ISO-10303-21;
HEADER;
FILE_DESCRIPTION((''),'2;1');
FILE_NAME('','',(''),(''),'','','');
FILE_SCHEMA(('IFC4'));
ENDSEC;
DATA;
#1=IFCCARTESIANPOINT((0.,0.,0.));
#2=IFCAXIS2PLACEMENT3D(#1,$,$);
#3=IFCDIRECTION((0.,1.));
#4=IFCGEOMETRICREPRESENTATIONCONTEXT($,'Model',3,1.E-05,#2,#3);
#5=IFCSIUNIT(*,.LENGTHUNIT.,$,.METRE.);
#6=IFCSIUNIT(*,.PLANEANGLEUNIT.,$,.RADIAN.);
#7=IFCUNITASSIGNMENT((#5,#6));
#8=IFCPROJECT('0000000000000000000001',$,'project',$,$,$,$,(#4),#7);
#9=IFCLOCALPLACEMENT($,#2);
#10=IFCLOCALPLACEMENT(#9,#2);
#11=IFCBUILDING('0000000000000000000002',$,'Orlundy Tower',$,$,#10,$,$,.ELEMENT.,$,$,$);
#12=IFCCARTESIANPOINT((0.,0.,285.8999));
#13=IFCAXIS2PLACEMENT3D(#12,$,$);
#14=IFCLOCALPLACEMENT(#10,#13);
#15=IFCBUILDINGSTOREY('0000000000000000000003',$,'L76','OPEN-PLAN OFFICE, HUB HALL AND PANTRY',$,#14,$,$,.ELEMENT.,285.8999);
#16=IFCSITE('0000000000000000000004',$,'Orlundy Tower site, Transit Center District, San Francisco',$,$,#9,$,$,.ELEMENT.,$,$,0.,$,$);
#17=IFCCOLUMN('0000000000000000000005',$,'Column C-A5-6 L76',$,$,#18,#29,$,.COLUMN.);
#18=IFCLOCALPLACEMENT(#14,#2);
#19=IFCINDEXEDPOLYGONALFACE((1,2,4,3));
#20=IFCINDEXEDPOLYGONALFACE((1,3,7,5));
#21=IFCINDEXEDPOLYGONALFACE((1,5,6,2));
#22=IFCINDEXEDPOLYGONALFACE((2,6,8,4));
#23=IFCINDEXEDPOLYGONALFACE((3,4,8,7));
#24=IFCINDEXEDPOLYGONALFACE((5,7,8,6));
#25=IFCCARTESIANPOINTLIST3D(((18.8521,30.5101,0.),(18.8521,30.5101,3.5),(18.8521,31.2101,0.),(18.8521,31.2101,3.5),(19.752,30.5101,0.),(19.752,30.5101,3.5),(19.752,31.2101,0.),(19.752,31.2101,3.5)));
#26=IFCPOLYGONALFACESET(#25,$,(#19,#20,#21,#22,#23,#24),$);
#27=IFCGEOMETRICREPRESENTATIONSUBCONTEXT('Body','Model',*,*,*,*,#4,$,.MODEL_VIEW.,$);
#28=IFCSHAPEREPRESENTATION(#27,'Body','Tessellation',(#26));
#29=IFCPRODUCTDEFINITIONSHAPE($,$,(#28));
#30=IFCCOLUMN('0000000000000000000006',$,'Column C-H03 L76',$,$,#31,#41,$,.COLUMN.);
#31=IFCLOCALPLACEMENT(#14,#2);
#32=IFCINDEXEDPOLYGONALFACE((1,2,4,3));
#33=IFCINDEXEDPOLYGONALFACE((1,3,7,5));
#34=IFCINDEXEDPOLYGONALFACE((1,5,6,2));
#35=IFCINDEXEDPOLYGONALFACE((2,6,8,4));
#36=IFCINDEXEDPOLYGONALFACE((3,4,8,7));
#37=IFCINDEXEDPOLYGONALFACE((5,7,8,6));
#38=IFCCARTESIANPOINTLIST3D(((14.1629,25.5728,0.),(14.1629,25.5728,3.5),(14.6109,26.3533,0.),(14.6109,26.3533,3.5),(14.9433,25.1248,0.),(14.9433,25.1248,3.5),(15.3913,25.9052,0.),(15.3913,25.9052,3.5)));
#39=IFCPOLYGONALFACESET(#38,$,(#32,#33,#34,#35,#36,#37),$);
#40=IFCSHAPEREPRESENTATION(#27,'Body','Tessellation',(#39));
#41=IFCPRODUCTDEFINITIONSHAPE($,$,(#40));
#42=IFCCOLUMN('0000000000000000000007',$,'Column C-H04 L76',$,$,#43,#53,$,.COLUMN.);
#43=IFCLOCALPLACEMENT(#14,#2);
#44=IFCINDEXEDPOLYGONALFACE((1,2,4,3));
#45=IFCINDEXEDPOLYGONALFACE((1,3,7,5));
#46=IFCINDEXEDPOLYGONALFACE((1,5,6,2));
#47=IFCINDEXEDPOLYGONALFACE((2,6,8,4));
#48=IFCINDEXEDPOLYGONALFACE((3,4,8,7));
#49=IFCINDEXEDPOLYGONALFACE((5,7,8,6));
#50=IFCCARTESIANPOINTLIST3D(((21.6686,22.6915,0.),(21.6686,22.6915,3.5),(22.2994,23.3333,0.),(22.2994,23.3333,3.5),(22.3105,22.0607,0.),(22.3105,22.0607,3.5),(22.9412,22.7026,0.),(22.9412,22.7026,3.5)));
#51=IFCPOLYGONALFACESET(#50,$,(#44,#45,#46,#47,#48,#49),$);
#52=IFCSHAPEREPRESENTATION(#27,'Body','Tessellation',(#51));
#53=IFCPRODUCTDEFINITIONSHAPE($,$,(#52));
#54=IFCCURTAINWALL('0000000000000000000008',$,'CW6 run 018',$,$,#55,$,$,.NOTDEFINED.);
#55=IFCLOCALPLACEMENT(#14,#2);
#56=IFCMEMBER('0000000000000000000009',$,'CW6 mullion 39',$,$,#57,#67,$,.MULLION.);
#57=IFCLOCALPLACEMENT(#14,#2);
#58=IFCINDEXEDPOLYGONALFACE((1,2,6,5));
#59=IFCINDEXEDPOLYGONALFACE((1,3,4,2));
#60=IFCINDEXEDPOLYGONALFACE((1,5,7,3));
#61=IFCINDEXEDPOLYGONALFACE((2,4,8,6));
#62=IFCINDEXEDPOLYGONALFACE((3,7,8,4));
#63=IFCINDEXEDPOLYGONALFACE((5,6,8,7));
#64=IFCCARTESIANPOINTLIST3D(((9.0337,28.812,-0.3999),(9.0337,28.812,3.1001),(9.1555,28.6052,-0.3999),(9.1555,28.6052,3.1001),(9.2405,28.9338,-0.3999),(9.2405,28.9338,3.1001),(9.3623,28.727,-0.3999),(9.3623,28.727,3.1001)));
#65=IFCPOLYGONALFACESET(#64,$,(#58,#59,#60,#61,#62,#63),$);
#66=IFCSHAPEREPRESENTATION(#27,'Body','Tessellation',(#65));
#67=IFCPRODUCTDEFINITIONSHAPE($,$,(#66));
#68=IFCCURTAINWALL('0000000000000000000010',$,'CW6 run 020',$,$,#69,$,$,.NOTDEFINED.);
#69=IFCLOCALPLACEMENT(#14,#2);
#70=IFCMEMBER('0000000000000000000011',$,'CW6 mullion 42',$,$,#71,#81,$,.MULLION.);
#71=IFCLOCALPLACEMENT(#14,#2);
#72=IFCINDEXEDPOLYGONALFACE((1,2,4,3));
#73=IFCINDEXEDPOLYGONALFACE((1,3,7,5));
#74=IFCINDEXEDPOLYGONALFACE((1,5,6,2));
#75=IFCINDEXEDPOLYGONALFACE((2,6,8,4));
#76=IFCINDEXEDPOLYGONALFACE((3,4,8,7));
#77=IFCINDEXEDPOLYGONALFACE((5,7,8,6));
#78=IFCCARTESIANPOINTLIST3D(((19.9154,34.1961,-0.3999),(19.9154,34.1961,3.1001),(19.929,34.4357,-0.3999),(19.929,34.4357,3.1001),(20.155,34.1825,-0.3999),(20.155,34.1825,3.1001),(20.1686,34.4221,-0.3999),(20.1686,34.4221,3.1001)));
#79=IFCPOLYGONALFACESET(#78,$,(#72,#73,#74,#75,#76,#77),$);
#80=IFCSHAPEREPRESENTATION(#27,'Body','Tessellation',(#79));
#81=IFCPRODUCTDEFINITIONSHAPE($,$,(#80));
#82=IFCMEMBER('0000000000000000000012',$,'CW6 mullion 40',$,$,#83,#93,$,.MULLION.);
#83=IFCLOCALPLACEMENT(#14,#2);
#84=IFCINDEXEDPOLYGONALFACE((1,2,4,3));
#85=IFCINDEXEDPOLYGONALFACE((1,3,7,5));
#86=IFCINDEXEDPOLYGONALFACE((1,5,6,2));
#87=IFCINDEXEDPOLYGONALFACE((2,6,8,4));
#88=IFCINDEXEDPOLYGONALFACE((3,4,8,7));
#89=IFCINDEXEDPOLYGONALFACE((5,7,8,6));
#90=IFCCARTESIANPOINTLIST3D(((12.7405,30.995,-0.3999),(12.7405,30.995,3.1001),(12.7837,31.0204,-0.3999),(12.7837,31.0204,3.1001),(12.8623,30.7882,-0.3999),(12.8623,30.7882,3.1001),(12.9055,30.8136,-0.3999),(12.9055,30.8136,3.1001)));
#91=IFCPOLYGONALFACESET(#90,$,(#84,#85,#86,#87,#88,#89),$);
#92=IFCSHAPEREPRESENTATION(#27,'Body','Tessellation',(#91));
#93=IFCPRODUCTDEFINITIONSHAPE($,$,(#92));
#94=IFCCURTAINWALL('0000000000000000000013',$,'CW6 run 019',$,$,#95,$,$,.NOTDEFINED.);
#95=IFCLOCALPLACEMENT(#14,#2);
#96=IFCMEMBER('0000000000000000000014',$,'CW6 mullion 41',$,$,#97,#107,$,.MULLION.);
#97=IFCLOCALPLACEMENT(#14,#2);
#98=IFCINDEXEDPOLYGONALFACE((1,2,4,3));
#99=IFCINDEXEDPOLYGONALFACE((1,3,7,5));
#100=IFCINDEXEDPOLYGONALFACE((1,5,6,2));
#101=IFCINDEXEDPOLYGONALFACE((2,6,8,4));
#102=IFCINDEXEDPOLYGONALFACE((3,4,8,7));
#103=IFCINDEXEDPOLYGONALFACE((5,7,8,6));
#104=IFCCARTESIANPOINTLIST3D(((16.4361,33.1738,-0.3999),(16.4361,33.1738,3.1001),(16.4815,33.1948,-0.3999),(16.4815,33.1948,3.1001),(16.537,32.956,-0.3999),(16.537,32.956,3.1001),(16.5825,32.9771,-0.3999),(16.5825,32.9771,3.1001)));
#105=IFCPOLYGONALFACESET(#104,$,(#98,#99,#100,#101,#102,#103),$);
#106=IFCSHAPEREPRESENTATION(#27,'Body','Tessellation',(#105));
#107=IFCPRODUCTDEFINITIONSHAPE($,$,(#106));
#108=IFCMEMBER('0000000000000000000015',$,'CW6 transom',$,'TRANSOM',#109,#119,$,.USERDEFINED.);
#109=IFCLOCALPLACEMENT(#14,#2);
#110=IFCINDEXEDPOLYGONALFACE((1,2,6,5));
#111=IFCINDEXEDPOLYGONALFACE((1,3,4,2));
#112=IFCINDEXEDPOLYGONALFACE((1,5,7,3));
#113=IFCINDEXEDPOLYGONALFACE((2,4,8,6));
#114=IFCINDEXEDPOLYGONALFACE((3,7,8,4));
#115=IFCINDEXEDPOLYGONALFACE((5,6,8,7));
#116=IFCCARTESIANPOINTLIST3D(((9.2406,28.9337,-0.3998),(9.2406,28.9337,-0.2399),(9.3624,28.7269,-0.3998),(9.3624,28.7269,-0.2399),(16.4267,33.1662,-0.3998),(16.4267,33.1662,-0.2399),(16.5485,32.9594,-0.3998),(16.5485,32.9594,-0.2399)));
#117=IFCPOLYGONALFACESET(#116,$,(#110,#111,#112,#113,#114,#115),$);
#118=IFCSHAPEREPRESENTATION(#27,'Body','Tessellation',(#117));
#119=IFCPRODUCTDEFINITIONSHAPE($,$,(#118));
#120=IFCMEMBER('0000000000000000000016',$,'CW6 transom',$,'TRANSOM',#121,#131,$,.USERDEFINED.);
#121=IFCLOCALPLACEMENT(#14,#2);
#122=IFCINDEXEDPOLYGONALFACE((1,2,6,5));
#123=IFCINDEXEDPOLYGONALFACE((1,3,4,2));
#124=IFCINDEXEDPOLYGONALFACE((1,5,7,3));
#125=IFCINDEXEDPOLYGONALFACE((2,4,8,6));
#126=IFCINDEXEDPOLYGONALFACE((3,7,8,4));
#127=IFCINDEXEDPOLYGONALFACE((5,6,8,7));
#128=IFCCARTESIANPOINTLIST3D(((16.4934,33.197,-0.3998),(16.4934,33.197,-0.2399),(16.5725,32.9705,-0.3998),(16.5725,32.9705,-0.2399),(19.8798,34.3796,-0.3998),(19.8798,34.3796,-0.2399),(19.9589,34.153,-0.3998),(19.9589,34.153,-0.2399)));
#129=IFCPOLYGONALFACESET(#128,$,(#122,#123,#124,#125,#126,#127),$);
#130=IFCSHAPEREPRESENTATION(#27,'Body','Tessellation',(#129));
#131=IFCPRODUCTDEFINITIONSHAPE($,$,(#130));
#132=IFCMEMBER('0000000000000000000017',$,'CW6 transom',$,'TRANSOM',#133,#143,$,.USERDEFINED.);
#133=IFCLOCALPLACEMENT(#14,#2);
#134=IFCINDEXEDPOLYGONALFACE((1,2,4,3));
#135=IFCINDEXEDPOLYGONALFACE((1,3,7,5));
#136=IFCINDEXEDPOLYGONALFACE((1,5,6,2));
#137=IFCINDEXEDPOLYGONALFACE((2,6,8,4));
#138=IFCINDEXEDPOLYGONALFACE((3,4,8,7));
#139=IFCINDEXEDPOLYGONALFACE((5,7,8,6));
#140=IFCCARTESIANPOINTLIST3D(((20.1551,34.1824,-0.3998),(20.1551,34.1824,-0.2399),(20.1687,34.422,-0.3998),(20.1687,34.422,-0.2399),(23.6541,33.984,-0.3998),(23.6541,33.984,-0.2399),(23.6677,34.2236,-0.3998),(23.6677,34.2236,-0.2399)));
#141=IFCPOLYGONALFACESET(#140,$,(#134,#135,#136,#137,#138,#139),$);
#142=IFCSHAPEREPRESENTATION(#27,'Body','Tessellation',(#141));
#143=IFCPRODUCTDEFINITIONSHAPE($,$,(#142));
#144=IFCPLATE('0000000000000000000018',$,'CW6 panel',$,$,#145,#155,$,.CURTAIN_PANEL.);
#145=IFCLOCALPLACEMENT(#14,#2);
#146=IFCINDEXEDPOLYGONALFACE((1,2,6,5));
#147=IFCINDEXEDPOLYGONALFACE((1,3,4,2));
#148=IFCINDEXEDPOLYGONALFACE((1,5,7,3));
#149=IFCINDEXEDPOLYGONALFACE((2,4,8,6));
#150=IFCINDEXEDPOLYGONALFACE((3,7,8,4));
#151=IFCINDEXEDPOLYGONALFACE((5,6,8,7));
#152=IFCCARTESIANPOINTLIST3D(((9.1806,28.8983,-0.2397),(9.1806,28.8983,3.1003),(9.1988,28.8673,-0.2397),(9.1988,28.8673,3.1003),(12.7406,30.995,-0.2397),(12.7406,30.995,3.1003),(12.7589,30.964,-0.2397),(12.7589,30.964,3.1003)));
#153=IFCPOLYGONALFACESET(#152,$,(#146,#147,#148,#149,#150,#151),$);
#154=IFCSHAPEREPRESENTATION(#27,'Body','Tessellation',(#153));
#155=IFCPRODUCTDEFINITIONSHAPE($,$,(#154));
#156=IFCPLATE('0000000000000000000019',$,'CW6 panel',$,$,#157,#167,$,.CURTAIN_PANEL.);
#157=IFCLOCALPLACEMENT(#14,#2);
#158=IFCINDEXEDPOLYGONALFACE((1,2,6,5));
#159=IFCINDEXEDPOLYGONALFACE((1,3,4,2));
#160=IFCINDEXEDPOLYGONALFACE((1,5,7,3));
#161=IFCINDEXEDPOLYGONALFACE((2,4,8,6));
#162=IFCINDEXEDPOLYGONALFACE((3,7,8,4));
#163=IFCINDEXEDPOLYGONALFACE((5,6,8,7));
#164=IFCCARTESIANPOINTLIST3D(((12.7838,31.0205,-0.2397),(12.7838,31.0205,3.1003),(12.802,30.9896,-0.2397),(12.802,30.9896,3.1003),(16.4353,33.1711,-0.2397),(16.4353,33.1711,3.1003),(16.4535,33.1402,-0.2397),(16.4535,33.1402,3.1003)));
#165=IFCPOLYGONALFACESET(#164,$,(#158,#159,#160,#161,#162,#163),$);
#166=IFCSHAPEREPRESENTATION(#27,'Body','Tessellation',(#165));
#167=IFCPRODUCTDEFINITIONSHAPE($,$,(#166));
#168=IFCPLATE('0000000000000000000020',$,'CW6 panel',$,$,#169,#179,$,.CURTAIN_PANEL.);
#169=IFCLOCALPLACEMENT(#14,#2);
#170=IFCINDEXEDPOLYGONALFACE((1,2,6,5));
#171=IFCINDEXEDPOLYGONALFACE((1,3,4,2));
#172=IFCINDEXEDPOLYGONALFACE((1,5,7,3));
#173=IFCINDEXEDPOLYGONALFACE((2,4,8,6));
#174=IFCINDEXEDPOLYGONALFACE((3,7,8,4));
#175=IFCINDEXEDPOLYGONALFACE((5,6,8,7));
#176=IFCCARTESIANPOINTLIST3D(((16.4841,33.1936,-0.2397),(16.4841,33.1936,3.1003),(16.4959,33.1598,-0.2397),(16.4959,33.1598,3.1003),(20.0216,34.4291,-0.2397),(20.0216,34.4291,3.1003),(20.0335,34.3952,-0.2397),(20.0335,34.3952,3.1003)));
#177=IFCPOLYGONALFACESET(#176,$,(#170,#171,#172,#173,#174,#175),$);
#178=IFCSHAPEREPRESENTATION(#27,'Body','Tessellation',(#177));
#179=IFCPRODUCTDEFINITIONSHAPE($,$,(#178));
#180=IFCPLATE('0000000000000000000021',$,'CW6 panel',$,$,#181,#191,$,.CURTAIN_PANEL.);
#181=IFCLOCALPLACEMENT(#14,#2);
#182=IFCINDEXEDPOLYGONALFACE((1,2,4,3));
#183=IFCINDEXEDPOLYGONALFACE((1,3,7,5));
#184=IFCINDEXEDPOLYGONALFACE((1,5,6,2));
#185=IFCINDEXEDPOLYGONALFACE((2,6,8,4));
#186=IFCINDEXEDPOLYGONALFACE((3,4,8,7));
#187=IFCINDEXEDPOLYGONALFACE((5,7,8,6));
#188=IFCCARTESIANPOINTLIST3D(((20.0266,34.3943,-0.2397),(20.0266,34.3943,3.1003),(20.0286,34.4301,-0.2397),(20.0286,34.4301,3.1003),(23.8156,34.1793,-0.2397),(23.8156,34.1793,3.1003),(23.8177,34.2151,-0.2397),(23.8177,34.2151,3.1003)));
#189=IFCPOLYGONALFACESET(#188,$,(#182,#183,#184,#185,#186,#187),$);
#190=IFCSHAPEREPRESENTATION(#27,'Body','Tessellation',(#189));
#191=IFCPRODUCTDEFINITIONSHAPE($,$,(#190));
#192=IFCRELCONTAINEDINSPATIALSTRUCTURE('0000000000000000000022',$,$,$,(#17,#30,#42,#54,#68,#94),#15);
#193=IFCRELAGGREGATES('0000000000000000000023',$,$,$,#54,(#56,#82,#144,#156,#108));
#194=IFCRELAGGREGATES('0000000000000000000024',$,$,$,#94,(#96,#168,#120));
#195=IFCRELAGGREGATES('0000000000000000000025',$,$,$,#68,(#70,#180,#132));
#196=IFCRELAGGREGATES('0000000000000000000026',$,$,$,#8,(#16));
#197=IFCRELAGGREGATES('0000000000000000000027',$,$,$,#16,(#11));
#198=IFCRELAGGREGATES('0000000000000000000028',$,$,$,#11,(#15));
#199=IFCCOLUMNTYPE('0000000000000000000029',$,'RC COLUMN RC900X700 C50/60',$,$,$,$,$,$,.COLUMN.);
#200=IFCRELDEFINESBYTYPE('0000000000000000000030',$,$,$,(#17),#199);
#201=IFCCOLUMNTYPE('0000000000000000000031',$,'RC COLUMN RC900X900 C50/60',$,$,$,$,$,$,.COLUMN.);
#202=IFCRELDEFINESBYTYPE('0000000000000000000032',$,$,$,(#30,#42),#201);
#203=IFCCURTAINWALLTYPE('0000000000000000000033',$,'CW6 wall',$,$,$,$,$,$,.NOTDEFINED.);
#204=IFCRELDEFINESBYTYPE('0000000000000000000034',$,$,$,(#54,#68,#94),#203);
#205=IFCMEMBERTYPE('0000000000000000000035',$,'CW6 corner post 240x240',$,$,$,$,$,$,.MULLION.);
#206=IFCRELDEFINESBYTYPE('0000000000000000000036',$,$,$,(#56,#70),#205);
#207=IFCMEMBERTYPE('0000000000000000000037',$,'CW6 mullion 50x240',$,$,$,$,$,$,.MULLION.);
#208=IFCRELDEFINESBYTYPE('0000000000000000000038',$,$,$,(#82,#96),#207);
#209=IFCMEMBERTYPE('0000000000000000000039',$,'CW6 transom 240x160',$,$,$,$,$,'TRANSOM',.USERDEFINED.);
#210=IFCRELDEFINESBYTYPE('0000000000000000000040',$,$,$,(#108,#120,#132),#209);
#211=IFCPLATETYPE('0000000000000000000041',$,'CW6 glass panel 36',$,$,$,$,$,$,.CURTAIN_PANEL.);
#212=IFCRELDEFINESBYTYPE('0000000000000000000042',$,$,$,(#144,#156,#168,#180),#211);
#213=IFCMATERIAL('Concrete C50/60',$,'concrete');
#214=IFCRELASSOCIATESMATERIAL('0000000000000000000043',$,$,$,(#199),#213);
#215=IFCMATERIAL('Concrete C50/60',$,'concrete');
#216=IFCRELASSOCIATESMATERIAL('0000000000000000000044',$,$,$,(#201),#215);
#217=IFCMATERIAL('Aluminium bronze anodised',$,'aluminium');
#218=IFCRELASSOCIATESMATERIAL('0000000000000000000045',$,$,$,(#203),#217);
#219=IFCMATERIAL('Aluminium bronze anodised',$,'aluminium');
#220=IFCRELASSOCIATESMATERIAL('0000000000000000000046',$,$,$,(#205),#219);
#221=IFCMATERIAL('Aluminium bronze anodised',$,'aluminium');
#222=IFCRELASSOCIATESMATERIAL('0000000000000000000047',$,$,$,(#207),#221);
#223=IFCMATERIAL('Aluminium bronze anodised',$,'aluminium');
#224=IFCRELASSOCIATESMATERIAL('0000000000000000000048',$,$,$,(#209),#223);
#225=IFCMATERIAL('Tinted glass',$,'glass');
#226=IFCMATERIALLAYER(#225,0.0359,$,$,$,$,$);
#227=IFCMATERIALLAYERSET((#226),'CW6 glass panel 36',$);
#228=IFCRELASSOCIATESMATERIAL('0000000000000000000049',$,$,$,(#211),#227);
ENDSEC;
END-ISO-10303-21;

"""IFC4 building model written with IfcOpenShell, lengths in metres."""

from ifc_helpers import new_model, si_unit, direction, frame, origin, origin_2d, place, context, subcontext, project, spatial, rectangle, extrude, material, layer, layer_set, material_profile, profile_set, type_object, element, aggregate, save


model = new_model("IFC4")

# Units and contexts
model_context = context("Model", 3, precision=1e-05, world=origin(), true_north=direction((0.0, 1.0)))
body_context = subcontext(model_context, "Body", "Model", "MODEL_VIEW")
ifc_project = project(units=[si_unit("LENGTHUNIT", "METRE"), si_unit("PLANEANGLEUNIT", "RADIAN")], contexts=[model_context])

# Site, building, storey
site_placement = place(None, origin())
site = spatial("IfcSite", under=ifc_project, at=site_placement, Name="Orlundy Tower site, Transit Center District, San Francisco", CompositionType="ELEMENT", RefElevation=0.0)
building_placement = place(site_placement, origin())
building = spatial("IfcBuilding", under=site, at=building_placement, Name="Orlundy Tower", CompositionType="ELEMENT")
storey_placement = place(building_placement, frame((0.0, 0.0, 285.8999)))
storey = spatial("IfcBuildingStorey", under=building, at=storey_placement, Name="L76", Description="OPEN-PLAN OFFICE, HUB HALL AND PANTRY", CompositionType="ELEMENT", Elevation=285.8999)

# Columns
ifc_material_1 = material(Name="Concrete C50/60", Category="concrete")
ifc_material_profile_1 = material_profile(ifc_material_1, rectangle(XDim=0.8999, YDim=0.7, at=origin_2d()), Name="RC900X700")
ifc_profile_set_1 = profile_set([ifc_material_profile_1], Name="Concrete C50/60")
column_type_1 = type_object("IfcColumnType", Name="RC COLUMN RC900X700 C50/60", PredefinedType="COLUMN", material=ifc_profile_set_1)
column_placement = place(storey_placement, frame((19.302, 30.8601, 0.0), z_axis=(0.0, 0.0, 1.0), x_axis=(1.0, 0.0, 0.0)))
element("IfcColumn", 1, at=column_placement, inside=storey, type_object=column_type_1, Name="Column C-A5-6 L76", PredefinedType="COLUMN", context=body_context, shape_type="SweptSolid", body=[
    extrude(rectangle(XDim=0.8999, YDim=0.7, at=origin_2d()), origin(), (0.0, 0.0, 1.0), 3.5),
])
ifc_material_2 = material(Name="Concrete C50/60", Category="concrete")
ifc_material_profile_2 = material_profile(ifc_material_2, rectangle(XDim=0.8999, YDim=0.8999, at=origin_2d()), Name="RC900X900")
ifc_profile_set_2 = profile_set([ifc_material_profile_2], Name="Concrete C50/60")
column_type_2 = type_object("IfcColumnType", Name="RC COLUMN RC900X900 C50/60", PredefinedType="COLUMN", material=ifc_profile_set_2)
for number, where, z_axis, x_axis, name in (
    (2, (14.7771, 25.739, 0.0), (0.0, 0.0, 1.0), (0.497898, 0.867236, 0.0), "Column C-H03 L76"),
    (3, (22.3049, 22.697, 0.0), (0.0, 0.0, 1.0), (0.700922, 0.713238, 0.0), "Column C-H04 L76"),
):
    element("IfcColumn", number, at=place(storey_placement, frame(where, z_axis=z_axis, x_axis=x_axis)), inside=storey, type_object=column_type_2, Name=name, PredefinedType="COLUMN", context=body_context, shape_type="SweptSolid", body=[
        extrude(rectangle(XDim=0.8999, YDim=0.8999, at=origin_2d()), origin(), (0.0, 0.0, 1.0), 3.5),
    ])

# Curtain walls, members
ifc_material_3 = material(Name="Aluminium bronze anodised", Category="aluminium")
curtain_wall_type = type_object("IfcCurtainWallType", Name="CW6 wall", PredefinedType="NOTDEFINED", material=ifc_material_3)
curtain_wall_1_placement = place(storey_placement, origin())
curtain_wall_1 = element("IfcCurtainWall", 4, at=curtain_wall_1_placement, inside=storey, type_object=curtain_wall_type, Name="CW6 run 018", PredefinedType="NOTDEFINED")
ifc_material_4 = material(Name="Aluminium bronze anodised", Category="aluminium")
ifc_material_profile_3 = material_profile(ifc_material_4, rectangle(XDim=0.24, YDim=0.24, at=origin_2d()), Name="CW6 corner post 240x240")
ifc_profile_set_3 = profile_set([ifc_material_profile_3], Name="Aluminium bronze anodised")
member_type_1 = type_object("IfcMemberType", Name="CW6 corner post 240x240", PredefinedType="MULLION", material=ifc_profile_set_3)
member_1_placement = place(storey_placement, frame((9.198, 28.7695, -0.3999), z_axis=(0.0, 0.0, 1.0), x_axis=(-0.507481, 0.861663, 0.0)))
member_1 = element("IfcMember", 5, at=member_1_placement, type_object=member_type_1, Name="CW6 mullion 39", PredefinedType="MULLION", context=body_context, shape_type="SweptSolid", body=[
    extrude(rectangle(XDim=0.24, YDim=0.24, at=origin_2d()), origin(), (0.0, 0.0, 1.0), 3.5),
])
curtain_wall_2_placement = place(storey_placement, origin())
curtain_wall_2 = element("IfcCurtainWall", 6, at=curtain_wall_2_placement, inside=storey, type_object=curtain_wall_type, Name="CW6 run 020", PredefinedType="NOTDEFINED")
member_2_placement = place(storey_placement, frame((20.042, 34.3091, -0.3999), z_axis=(0.0, 0.0, 1.0), x_axis=(0.05665, 0.998394, 0.0)))
member_2 = element("IfcMember", 7, at=member_2_placement, type_object=member_type_1, Name="CW6 mullion 42", PredefinedType="MULLION", context=body_context, shape_type="SweptSolid", body=[
    extrude(rectangle(XDim=0.24, YDim=0.24, at=origin_2d()), origin(), (0.0, 0.0, 1.0), 3.5),
])

# Member
ifc_material_5 = material(Name="Aluminium bronze anodised", Category="aluminium")
ifc_material_profile_4 = material_profile(ifc_material_5, rectangle(XDim=0.24, YDim=0.05, at=origin_2d()), Name="CW6 mullion 50x240")
ifc_profile_set_4 = profile_set([ifc_material_profile_4], Name="Aluminium bronze anodised")
member_type_2 = type_object("IfcMemberType", Name="CW6 mullion 50x240", PredefinedType="MULLION", material=ifc_profile_set_4)
member_3_placement = place(storey_placement, frame((12.823, 30.9043, -0.3999), z_axis=(0.0, 0.0, 1.0), x_axis=(-0.507481, 0.861663, 0.0)))
member_3 = element("IfcMember", 8, at=member_3_placement, type_object=member_type_2, Name="CW6 mullion 40", PredefinedType="MULLION", context=body_context, shape_type="SweptSolid", body=[
    extrude(rectangle(XDim=0.24, YDim=0.05, at=origin_2d()), origin(), (0.0, 0.0, 1.0), 3.5),
])

# Curtain wall, member
curtain_wall_3_placement = place(storey_placement, origin())
curtain_wall_3 = element("IfcCurtainWall", 9, at=curtain_wall_3_placement, inside=storey, type_object=curtain_wall_type, Name="CW6 run 019", PredefinedType="NOTDEFINED")
member_4_placement = place(storey_placement, frame((16.5093, 33.0754, -0.3999), z_axis=(0.0, 0.0, 1.0), x_axis=(-0.420621, 0.907237, 0.0)))
member_4 = element("IfcMember", 10, at=member_4_placement, type_object=member_type_2, Name="CW6 mullion 41", PredefinedType="MULLION", context=body_context, shape_type="SweptSolid", body=[
    extrude(rectangle(XDim=0.24, YDim=0.05, at=origin_2d()), origin(), (0.0, 0.0, 1.0), 3.5),
])

# Members
ifc_material_6 = material(Name="Aluminium bronze anodised", Category="aluminium")
ifc_material_profile_5 = material_profile(ifc_material_6, rectangle(XDim=0.24, YDim=0.1599, at=origin_2d()), Name="CW6 transom 240x160")
ifc_profile_set_5 = profile_set([ifc_material_profile_5], Name="Aluminium bronze anodised")
member_type_3 = type_object("IfcMemberType", Name="CW6 transom 240x160", ElementType="TRANSOM", PredefinedType="USERDEFINED", material=ifc_profile_set_5)
member_5_placement = place(storey_placement, frame((9.3015, 28.8303, -0.3198), z_axis=(0.861654, 0.507496, 0.0), x_axis=(-0.507496, 0.861654, 0.0)))
member_5 = element("IfcMember", 11, at=member_5_placement, type_object=member_type_3, Name="CW6 transom", ObjectType="TRANSOM", PredefinedType="USERDEFINED", context=body_context, shape_type="SweptSolid", body=[
    extrude(rectangle(XDim=0.24, YDim=0.1599, at=origin_2d()), origin(), (0.0, 0.0, 1.0), 8.3398),
])
member_6_placement = place(storey_placement, frame((16.533, 33.0837, -0.3198), z_axis=(0.944088, 0.329692, 0.0), x_axis=(-0.329692, 0.944088, 0.0)))
member_6 = element("IfcMember", 12, at=member_6_placement, type_object=member_type_3, Name="CW6 transom", ObjectType="TRANSOM", PredefinedType="USERDEFINED", context=body_context, shape_type="SweptSolid", body=[
    extrude(rectangle(XDim=0.24, YDim=0.1599, at=origin_2d()), origin(), (0.0, 0.0, 1.0), 3.5869),
])
member_7_placement = place(storey_placement, frame((20.1619, 34.3022, -0.3198), z_axis=(0.998395, -0.056635, 0.0), x_axis=(0.056635, 0.998395, 0.0)))
member_7 = element("IfcMember", 13, at=member_7_placement, type_object=member_type_3, Name="CW6 transom", ObjectType="TRANSOM", PredefinedType="USERDEFINED", context=body_context, shape_type="SweptSolid", body=[
    extrude(rectangle(XDim=0.24, YDim=0.1599, at=origin_2d()), origin(), (0.0, 0.0, 1.0), 3.5046),
])

# Plates
ifc_material_7 = material(Name="Tinted glass", Category="glass")
ifc_layer_1 = layer(ifc_material_7, 0.0359)
ifc_layer_set_1 = layer_set([ifc_layer_1], Name="CW6 glass panel 36")
plate_type = type_object("IfcPlateType", Name="CW6 glass panel 36", PredefinedType="CURTAIN_PANEL", material=ifc_layer_set_1)
plate_1_placement = place(storey_placement, frame((10.9697, 29.9312, -0.2397), z_axis=(0.0, 0.0, 1.0), x_axis=(0.861663, 0.507481, 0.0)))
plate_1 = element("IfcPlate", 14, at=plate_1_placement, type_object=plate_type, Name="CW6 panel", PredefinedType="CURTAIN_PANEL", context=body_context, shape_type="SweptSolid", body=[
    extrude(rectangle(XDim=4.1316, YDim=0.0359, at=origin_2d()), origin(), (0.0, 0.0, 1.0), 3.3401),
])
plate_2_placement = place(storey_placement, frame((14.6187, 32.0803, -0.2397), z_axis=(0.0, 0.0, 1.0), x_axis=(0.861663, 0.507481, 0.0)))
plate_2 = element("IfcPlate", 15, at=plate_2_placement, type_object=plate_type, Name="CW6 panel", PredefinedType="CURTAIN_PANEL", context=body_context, shape_type="SweptSolid", body=[
    extrude(rectangle(XDim=4.2378, YDim=0.0359, at=origin_2d()), origin(), (0.0, 0.0, 1.0), 3.3401),
])
aggregate(curtain_wall_1, [member_1, member_3, plate_1, plate_2, member_5])
plate_3_placement = place(storey_placement, frame((18.2588, 33.7944, -0.2397), z_axis=(0.0, 0.0, 1.0), x_axis=(0.944081, 0.329713, 0.0)))
plate_3 = element("IfcPlate", 16, at=plate_3_placement, type_object=plate_type, Name="CW6 panel", PredefinedType="CURTAIN_PANEL", context=body_context, shape_type="SweptSolid", body=[
    extrude(rectangle(XDim=3.7471, YDim=0.0359, at=origin_2d()), origin(), (0.0, 0.0, 1.0), 3.3401),
])
aggregate(curtain_wall_3, [member_4, plate_3, member_6])
plate_4_placement = place(storey_placement, frame((21.9221, 34.3047, -0.2397), z_axis=(0.0, 0.0, 1.0), x_axis=(0.998394, -0.05665, 0.0)))
plate_4 = element("IfcPlate", 17, at=plate_4_placement, type_object=plate_type, Name="CW6 panel", PredefinedType="CURTAIN_PANEL", context=body_context, shape_type="SweptSolid", body=[
    extrude(rectangle(XDim=3.7952, YDim=0.0359, at=origin_2d()), origin(), (0.0, 0.0, 1.0), 3.3401),
])
aggregate(curtain_wall_2, [member_2, plate_4, member_7])

save(model, "model.ifc")
